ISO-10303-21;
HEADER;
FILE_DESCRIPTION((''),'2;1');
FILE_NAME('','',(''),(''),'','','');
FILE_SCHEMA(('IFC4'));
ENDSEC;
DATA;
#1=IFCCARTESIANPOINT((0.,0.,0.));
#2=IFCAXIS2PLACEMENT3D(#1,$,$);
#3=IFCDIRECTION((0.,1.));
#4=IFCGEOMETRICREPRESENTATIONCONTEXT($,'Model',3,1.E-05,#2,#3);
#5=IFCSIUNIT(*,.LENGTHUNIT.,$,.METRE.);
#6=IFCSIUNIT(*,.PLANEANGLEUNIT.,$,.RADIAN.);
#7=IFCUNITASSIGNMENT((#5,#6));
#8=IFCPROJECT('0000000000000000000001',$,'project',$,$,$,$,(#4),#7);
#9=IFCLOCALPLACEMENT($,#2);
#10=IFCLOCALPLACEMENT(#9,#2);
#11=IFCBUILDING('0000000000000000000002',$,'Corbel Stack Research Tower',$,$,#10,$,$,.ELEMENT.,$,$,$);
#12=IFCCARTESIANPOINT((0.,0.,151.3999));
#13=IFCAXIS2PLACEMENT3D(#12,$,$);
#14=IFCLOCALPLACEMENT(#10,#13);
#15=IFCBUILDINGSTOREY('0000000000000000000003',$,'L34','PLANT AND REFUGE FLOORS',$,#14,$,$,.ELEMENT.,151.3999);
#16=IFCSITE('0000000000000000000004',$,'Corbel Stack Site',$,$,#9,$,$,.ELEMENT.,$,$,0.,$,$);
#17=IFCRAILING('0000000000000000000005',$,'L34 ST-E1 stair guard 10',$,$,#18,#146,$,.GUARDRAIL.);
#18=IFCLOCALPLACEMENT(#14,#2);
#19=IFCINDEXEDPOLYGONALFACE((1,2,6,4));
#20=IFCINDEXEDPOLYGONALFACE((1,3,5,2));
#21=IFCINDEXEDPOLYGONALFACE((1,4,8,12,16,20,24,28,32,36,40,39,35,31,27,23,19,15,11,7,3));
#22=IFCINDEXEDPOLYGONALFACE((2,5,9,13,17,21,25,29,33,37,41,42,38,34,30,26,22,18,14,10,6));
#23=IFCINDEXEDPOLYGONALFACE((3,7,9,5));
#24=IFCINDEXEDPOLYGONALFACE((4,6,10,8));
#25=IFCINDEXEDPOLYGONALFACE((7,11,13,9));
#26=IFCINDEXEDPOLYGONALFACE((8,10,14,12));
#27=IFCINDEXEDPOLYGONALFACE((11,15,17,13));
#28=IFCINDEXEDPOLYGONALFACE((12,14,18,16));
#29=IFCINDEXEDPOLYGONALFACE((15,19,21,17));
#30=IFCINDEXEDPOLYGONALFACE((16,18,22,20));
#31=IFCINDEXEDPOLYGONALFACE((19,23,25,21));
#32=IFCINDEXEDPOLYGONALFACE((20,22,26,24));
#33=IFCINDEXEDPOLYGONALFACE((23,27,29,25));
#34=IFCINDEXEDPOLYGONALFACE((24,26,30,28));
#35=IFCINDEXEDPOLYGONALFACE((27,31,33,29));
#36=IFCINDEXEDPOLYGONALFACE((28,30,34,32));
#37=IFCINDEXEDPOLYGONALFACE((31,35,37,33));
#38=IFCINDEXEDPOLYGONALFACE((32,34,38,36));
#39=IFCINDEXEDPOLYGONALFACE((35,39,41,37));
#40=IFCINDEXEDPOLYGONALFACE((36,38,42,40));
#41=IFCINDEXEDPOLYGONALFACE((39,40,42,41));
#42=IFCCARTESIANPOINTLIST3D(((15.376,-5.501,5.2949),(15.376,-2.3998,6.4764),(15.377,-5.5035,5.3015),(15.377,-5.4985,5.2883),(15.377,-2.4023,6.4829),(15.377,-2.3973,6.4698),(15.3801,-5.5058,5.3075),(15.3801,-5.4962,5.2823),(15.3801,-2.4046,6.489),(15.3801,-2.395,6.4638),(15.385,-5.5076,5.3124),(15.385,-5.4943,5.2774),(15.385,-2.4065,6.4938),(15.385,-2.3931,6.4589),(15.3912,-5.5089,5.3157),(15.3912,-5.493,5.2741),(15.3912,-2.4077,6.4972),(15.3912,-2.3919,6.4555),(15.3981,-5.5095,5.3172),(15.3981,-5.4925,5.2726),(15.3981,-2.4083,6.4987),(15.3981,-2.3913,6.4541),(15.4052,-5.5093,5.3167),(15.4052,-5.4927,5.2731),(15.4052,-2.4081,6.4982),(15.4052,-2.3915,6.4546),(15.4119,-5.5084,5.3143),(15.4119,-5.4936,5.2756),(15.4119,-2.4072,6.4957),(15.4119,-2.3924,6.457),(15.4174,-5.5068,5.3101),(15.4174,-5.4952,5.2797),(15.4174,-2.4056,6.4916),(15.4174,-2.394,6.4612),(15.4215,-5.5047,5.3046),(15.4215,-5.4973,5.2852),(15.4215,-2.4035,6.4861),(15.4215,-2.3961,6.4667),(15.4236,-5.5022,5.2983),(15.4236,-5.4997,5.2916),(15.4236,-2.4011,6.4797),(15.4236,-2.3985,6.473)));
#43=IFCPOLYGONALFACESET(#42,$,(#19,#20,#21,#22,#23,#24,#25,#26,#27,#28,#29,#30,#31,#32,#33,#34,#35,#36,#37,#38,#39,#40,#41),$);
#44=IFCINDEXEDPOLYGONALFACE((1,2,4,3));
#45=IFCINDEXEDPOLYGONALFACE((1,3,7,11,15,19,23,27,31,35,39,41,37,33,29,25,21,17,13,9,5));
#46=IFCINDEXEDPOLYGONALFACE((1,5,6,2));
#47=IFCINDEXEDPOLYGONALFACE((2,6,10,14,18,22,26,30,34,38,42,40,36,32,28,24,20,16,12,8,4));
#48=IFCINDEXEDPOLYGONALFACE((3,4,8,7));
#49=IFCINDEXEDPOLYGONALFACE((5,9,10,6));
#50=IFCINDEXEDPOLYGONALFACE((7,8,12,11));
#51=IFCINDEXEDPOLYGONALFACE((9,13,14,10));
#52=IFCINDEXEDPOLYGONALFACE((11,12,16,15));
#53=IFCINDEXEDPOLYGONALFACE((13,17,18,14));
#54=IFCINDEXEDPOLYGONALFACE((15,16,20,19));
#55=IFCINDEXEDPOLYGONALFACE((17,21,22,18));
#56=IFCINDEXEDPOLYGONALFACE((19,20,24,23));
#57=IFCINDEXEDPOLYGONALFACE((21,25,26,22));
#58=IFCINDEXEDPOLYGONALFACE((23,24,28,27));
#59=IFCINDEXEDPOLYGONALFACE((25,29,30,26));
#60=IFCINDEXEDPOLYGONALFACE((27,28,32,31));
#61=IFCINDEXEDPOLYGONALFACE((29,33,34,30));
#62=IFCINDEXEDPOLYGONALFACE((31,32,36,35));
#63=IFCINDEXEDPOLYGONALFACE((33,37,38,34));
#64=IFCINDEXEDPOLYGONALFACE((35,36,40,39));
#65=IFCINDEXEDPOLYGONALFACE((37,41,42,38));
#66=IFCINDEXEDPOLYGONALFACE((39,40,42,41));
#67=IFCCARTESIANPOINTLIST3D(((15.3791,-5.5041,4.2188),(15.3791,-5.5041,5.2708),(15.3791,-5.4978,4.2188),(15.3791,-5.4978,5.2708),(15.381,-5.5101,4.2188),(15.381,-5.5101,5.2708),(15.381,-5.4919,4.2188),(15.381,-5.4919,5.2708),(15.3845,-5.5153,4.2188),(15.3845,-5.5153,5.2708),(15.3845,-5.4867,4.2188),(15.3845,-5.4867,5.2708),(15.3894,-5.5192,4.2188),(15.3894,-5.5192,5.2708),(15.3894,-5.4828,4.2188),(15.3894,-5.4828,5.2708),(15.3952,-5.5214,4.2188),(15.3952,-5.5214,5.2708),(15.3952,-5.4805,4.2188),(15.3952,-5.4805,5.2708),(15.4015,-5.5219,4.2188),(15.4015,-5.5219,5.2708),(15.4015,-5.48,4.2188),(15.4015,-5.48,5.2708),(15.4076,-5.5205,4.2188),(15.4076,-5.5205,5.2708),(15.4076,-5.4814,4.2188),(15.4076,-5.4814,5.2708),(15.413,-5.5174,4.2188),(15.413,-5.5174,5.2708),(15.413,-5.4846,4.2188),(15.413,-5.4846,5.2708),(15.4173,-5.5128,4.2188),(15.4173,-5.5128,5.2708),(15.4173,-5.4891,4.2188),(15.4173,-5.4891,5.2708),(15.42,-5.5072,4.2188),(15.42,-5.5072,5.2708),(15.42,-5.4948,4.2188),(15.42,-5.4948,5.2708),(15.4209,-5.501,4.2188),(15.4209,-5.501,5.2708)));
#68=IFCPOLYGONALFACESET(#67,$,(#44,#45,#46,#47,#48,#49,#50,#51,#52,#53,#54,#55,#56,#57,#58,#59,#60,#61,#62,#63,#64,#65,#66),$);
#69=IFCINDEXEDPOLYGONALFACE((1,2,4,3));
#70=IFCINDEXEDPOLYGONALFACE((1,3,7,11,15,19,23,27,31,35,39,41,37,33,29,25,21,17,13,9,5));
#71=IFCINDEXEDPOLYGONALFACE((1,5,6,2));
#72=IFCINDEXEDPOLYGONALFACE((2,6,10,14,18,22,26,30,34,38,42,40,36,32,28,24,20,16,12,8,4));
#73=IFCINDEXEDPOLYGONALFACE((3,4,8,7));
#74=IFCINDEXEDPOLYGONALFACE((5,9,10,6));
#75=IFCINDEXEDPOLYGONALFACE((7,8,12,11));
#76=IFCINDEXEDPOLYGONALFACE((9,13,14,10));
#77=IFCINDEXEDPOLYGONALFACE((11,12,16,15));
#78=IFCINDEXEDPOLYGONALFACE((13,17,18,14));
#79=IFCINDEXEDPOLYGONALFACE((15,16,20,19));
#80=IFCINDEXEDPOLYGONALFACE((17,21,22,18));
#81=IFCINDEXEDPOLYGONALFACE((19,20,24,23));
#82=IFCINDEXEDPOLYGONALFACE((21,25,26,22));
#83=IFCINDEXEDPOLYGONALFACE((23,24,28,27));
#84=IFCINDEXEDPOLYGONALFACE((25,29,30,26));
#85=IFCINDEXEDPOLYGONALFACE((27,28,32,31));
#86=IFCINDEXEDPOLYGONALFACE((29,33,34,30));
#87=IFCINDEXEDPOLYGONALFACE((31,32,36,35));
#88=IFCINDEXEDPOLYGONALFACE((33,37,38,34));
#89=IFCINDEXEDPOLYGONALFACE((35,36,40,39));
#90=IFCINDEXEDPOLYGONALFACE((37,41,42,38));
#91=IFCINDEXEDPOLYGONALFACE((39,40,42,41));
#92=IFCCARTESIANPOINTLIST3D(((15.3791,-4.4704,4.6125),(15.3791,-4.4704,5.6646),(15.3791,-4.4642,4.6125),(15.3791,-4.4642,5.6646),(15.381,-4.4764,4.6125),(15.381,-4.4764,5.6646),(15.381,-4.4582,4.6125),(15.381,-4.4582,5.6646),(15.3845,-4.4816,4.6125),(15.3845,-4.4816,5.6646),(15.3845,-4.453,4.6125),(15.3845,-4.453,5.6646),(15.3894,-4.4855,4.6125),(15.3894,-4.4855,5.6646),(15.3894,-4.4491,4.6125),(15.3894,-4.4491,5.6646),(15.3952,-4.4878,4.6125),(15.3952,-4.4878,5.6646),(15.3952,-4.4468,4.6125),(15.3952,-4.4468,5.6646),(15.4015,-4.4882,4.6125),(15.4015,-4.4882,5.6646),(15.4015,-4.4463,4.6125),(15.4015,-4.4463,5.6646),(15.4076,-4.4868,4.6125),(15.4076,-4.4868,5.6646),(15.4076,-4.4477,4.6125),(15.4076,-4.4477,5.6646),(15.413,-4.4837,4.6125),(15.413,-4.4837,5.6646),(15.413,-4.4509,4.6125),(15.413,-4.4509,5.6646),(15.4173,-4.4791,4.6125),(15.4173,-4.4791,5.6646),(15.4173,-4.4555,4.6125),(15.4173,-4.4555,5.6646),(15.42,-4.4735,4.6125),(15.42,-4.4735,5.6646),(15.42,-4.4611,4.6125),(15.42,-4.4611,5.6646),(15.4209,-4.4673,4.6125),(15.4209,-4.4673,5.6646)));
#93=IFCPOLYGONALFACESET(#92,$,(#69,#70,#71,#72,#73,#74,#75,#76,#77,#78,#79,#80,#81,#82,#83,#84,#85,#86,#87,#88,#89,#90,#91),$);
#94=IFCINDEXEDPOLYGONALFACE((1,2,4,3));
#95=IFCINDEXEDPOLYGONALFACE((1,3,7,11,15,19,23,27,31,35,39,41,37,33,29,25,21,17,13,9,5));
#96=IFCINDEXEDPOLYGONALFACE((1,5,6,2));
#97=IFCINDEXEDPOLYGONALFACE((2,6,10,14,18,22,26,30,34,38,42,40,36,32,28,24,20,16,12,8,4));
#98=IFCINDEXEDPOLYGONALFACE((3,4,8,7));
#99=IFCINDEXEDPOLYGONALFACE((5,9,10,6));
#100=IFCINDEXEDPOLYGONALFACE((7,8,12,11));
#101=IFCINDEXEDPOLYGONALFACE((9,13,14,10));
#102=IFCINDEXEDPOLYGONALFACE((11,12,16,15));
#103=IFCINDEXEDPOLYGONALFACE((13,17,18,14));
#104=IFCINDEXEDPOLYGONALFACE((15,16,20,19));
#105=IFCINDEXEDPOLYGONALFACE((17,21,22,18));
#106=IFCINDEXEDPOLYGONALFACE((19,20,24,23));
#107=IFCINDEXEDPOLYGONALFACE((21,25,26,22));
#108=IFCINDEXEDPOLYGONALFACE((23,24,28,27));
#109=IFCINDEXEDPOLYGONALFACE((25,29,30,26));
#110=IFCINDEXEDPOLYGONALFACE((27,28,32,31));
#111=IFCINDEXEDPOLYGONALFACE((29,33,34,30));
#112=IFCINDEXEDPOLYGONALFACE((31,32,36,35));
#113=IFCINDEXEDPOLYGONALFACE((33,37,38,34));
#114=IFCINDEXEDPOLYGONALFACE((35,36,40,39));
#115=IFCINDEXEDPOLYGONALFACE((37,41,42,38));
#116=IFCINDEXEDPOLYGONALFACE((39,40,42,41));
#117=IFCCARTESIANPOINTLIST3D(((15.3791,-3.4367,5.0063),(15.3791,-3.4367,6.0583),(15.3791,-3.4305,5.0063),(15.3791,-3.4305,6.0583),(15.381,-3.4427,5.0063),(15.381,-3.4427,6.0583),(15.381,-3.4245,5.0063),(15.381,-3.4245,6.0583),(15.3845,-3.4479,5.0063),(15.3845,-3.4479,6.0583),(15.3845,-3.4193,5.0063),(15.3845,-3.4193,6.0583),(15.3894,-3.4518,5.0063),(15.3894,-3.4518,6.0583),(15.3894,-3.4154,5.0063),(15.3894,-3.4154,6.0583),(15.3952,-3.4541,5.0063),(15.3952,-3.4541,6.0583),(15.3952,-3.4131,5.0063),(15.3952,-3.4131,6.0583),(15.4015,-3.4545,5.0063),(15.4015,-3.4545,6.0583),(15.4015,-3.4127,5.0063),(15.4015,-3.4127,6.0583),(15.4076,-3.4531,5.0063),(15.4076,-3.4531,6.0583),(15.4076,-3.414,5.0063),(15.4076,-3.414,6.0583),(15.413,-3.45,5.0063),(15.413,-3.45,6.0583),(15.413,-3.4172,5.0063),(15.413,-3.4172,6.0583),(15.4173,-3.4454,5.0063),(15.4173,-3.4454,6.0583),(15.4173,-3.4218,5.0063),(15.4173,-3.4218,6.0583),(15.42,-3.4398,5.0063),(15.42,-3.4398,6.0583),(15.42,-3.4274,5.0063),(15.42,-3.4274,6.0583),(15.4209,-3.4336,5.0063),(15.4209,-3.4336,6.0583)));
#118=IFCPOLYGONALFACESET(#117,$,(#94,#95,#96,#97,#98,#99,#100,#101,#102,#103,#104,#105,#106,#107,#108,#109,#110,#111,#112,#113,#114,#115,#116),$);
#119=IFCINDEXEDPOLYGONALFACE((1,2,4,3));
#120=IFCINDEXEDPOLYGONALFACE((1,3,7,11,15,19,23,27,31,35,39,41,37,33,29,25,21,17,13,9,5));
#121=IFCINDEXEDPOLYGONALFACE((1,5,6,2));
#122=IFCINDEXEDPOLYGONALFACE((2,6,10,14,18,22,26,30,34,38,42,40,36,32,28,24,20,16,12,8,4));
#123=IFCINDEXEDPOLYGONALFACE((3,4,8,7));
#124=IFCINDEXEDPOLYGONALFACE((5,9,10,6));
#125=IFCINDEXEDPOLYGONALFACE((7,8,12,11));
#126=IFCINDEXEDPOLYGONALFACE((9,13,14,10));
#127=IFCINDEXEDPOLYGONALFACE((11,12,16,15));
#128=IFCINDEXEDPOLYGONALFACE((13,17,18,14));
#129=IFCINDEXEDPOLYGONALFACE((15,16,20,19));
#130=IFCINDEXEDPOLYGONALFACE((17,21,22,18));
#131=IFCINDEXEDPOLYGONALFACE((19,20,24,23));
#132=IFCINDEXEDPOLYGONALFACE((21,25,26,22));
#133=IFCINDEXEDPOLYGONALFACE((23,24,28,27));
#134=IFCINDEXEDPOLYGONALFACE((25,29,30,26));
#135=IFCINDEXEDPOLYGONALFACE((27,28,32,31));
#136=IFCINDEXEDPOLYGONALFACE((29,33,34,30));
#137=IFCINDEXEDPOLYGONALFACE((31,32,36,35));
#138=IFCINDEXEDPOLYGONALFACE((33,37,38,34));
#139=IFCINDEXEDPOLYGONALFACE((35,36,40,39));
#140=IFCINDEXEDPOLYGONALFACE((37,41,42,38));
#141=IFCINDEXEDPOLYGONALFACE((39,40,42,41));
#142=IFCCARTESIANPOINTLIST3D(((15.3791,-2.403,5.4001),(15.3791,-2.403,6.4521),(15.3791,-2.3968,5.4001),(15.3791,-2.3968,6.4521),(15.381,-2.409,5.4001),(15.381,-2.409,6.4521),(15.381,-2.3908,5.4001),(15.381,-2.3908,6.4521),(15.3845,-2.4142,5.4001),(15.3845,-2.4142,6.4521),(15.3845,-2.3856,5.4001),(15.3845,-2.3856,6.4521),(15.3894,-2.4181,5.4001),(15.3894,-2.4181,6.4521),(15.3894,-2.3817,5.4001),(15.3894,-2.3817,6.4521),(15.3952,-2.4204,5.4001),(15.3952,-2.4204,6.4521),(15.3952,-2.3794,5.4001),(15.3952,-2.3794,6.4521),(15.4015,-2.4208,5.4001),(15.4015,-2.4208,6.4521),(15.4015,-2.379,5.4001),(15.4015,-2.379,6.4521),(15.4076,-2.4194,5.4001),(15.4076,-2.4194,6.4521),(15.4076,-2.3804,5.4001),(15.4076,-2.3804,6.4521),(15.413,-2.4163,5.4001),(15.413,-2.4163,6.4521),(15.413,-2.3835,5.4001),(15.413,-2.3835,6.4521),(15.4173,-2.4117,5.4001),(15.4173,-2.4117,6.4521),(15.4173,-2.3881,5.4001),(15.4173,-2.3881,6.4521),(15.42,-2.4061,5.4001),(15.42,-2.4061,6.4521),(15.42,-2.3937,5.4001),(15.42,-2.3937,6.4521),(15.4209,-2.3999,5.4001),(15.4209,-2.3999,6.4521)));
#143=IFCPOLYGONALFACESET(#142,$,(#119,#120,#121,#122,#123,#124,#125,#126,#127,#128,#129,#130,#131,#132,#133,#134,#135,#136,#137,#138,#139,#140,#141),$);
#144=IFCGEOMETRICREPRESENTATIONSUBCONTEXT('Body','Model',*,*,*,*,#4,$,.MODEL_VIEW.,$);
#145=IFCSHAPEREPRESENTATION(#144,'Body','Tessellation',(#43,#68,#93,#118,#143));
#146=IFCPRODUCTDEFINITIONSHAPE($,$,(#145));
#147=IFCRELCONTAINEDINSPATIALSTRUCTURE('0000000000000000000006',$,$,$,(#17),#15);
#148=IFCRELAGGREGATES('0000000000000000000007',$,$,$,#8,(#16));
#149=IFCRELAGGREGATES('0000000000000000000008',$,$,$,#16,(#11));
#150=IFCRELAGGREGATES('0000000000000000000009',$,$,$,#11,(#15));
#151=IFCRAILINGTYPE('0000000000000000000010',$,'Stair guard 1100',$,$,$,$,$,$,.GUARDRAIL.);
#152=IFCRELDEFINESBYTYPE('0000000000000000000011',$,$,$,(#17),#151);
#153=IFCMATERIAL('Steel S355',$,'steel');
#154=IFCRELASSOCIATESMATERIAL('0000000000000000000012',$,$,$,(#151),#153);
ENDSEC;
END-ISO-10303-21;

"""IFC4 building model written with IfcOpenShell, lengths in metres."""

from ifc_helpers import new_model, si_unit, direction, frame, origin, origin_2d, place, context, subcontext, project, spatial, circle, extrude, material, type_object, element, save


model = new_model("IFC4")

# Units and contexts
model_context = context("Model", 3, precision=1e-05, world=origin(), true_north=direction((0.0, 1.0)))
body_context = subcontext(model_context, "Body", "Model", "MODEL_VIEW")
ifc_project = project(units=[si_unit("LENGTHUNIT", "METRE"), si_unit("PLANEANGLEUNIT", "RADIAN")], contexts=[model_context])

# Site, building, storey
site_placement = place(None, origin())
site = spatial("IfcSite", under=ifc_project, at=site_placement, Name="Corbel Stack Site", CompositionType="ELEMENT", RefElevation=0.0)
building_placement = place(site_placement, origin())
building = spatial("IfcBuilding", under=site, at=building_placement, Name="Corbel Stack Research Tower", CompositionType="ELEMENT")
storey_placement = place(building_placement, frame((0.0, 0.0, 151.3999)))
storey = spatial("IfcBuildingStorey", under=building, at=storey_placement, Name="L34", Description="PLANT AND REFUGE FLOORS", CompositionType="ELEMENT", Elevation=151.3999)

# Railing
ifc_material_1 = material(Name="Steel S355", Category="steel")
railing_type_1 = type_object("IfcRailingType", Name="Stair guard 1100", PredefinedType="GUARDRAIL", material=ifc_material_1)
railing_1_placement = place(storey_placement, frame((15.3999, -5.501, 4.2188)))
element("IfcRailing", 1, at=railing_1_placement, inside=storey, type_object=railing_type_1, Name="L34 ST-E1 stair guard 10", PredefinedType="GUARDRAIL", context=body_context, shape_type="SweptSolid", body=[
    extrude(circle(Radius=0.0239, at=origin_2d()), frame((0.0, 0.0, 1.0762), z_axis=(0.0, 0.934484, 0.356005), x_axis=(-1.0, 0.0, 0.0)), (0.0, 0.0, 1.0), 3.3186),
    extrude(circle(Radius=0.021, at=origin_2d()), origin(), (0.0, 0.0, 1.0), 1.052),
    extrude(circle(Radius=0.021, at=origin_2d()), frame((0.0, 1.0337, 0.3938)), (0.0, 0.0, 1.0), 1.052),
    extrude(circle(Radius=0.021, at=origin_2d()), frame((0.0, 2.0674, 0.7876)), (0.0, 0.0, 1.0), 1.052),
    extrude(circle(Radius=0.021, at=origin_2d()), frame((0.0, 3.1011, 1.1814)), (0.0, 0.0, 1.0), 1.052),
])

save(model, "model.ifc")
